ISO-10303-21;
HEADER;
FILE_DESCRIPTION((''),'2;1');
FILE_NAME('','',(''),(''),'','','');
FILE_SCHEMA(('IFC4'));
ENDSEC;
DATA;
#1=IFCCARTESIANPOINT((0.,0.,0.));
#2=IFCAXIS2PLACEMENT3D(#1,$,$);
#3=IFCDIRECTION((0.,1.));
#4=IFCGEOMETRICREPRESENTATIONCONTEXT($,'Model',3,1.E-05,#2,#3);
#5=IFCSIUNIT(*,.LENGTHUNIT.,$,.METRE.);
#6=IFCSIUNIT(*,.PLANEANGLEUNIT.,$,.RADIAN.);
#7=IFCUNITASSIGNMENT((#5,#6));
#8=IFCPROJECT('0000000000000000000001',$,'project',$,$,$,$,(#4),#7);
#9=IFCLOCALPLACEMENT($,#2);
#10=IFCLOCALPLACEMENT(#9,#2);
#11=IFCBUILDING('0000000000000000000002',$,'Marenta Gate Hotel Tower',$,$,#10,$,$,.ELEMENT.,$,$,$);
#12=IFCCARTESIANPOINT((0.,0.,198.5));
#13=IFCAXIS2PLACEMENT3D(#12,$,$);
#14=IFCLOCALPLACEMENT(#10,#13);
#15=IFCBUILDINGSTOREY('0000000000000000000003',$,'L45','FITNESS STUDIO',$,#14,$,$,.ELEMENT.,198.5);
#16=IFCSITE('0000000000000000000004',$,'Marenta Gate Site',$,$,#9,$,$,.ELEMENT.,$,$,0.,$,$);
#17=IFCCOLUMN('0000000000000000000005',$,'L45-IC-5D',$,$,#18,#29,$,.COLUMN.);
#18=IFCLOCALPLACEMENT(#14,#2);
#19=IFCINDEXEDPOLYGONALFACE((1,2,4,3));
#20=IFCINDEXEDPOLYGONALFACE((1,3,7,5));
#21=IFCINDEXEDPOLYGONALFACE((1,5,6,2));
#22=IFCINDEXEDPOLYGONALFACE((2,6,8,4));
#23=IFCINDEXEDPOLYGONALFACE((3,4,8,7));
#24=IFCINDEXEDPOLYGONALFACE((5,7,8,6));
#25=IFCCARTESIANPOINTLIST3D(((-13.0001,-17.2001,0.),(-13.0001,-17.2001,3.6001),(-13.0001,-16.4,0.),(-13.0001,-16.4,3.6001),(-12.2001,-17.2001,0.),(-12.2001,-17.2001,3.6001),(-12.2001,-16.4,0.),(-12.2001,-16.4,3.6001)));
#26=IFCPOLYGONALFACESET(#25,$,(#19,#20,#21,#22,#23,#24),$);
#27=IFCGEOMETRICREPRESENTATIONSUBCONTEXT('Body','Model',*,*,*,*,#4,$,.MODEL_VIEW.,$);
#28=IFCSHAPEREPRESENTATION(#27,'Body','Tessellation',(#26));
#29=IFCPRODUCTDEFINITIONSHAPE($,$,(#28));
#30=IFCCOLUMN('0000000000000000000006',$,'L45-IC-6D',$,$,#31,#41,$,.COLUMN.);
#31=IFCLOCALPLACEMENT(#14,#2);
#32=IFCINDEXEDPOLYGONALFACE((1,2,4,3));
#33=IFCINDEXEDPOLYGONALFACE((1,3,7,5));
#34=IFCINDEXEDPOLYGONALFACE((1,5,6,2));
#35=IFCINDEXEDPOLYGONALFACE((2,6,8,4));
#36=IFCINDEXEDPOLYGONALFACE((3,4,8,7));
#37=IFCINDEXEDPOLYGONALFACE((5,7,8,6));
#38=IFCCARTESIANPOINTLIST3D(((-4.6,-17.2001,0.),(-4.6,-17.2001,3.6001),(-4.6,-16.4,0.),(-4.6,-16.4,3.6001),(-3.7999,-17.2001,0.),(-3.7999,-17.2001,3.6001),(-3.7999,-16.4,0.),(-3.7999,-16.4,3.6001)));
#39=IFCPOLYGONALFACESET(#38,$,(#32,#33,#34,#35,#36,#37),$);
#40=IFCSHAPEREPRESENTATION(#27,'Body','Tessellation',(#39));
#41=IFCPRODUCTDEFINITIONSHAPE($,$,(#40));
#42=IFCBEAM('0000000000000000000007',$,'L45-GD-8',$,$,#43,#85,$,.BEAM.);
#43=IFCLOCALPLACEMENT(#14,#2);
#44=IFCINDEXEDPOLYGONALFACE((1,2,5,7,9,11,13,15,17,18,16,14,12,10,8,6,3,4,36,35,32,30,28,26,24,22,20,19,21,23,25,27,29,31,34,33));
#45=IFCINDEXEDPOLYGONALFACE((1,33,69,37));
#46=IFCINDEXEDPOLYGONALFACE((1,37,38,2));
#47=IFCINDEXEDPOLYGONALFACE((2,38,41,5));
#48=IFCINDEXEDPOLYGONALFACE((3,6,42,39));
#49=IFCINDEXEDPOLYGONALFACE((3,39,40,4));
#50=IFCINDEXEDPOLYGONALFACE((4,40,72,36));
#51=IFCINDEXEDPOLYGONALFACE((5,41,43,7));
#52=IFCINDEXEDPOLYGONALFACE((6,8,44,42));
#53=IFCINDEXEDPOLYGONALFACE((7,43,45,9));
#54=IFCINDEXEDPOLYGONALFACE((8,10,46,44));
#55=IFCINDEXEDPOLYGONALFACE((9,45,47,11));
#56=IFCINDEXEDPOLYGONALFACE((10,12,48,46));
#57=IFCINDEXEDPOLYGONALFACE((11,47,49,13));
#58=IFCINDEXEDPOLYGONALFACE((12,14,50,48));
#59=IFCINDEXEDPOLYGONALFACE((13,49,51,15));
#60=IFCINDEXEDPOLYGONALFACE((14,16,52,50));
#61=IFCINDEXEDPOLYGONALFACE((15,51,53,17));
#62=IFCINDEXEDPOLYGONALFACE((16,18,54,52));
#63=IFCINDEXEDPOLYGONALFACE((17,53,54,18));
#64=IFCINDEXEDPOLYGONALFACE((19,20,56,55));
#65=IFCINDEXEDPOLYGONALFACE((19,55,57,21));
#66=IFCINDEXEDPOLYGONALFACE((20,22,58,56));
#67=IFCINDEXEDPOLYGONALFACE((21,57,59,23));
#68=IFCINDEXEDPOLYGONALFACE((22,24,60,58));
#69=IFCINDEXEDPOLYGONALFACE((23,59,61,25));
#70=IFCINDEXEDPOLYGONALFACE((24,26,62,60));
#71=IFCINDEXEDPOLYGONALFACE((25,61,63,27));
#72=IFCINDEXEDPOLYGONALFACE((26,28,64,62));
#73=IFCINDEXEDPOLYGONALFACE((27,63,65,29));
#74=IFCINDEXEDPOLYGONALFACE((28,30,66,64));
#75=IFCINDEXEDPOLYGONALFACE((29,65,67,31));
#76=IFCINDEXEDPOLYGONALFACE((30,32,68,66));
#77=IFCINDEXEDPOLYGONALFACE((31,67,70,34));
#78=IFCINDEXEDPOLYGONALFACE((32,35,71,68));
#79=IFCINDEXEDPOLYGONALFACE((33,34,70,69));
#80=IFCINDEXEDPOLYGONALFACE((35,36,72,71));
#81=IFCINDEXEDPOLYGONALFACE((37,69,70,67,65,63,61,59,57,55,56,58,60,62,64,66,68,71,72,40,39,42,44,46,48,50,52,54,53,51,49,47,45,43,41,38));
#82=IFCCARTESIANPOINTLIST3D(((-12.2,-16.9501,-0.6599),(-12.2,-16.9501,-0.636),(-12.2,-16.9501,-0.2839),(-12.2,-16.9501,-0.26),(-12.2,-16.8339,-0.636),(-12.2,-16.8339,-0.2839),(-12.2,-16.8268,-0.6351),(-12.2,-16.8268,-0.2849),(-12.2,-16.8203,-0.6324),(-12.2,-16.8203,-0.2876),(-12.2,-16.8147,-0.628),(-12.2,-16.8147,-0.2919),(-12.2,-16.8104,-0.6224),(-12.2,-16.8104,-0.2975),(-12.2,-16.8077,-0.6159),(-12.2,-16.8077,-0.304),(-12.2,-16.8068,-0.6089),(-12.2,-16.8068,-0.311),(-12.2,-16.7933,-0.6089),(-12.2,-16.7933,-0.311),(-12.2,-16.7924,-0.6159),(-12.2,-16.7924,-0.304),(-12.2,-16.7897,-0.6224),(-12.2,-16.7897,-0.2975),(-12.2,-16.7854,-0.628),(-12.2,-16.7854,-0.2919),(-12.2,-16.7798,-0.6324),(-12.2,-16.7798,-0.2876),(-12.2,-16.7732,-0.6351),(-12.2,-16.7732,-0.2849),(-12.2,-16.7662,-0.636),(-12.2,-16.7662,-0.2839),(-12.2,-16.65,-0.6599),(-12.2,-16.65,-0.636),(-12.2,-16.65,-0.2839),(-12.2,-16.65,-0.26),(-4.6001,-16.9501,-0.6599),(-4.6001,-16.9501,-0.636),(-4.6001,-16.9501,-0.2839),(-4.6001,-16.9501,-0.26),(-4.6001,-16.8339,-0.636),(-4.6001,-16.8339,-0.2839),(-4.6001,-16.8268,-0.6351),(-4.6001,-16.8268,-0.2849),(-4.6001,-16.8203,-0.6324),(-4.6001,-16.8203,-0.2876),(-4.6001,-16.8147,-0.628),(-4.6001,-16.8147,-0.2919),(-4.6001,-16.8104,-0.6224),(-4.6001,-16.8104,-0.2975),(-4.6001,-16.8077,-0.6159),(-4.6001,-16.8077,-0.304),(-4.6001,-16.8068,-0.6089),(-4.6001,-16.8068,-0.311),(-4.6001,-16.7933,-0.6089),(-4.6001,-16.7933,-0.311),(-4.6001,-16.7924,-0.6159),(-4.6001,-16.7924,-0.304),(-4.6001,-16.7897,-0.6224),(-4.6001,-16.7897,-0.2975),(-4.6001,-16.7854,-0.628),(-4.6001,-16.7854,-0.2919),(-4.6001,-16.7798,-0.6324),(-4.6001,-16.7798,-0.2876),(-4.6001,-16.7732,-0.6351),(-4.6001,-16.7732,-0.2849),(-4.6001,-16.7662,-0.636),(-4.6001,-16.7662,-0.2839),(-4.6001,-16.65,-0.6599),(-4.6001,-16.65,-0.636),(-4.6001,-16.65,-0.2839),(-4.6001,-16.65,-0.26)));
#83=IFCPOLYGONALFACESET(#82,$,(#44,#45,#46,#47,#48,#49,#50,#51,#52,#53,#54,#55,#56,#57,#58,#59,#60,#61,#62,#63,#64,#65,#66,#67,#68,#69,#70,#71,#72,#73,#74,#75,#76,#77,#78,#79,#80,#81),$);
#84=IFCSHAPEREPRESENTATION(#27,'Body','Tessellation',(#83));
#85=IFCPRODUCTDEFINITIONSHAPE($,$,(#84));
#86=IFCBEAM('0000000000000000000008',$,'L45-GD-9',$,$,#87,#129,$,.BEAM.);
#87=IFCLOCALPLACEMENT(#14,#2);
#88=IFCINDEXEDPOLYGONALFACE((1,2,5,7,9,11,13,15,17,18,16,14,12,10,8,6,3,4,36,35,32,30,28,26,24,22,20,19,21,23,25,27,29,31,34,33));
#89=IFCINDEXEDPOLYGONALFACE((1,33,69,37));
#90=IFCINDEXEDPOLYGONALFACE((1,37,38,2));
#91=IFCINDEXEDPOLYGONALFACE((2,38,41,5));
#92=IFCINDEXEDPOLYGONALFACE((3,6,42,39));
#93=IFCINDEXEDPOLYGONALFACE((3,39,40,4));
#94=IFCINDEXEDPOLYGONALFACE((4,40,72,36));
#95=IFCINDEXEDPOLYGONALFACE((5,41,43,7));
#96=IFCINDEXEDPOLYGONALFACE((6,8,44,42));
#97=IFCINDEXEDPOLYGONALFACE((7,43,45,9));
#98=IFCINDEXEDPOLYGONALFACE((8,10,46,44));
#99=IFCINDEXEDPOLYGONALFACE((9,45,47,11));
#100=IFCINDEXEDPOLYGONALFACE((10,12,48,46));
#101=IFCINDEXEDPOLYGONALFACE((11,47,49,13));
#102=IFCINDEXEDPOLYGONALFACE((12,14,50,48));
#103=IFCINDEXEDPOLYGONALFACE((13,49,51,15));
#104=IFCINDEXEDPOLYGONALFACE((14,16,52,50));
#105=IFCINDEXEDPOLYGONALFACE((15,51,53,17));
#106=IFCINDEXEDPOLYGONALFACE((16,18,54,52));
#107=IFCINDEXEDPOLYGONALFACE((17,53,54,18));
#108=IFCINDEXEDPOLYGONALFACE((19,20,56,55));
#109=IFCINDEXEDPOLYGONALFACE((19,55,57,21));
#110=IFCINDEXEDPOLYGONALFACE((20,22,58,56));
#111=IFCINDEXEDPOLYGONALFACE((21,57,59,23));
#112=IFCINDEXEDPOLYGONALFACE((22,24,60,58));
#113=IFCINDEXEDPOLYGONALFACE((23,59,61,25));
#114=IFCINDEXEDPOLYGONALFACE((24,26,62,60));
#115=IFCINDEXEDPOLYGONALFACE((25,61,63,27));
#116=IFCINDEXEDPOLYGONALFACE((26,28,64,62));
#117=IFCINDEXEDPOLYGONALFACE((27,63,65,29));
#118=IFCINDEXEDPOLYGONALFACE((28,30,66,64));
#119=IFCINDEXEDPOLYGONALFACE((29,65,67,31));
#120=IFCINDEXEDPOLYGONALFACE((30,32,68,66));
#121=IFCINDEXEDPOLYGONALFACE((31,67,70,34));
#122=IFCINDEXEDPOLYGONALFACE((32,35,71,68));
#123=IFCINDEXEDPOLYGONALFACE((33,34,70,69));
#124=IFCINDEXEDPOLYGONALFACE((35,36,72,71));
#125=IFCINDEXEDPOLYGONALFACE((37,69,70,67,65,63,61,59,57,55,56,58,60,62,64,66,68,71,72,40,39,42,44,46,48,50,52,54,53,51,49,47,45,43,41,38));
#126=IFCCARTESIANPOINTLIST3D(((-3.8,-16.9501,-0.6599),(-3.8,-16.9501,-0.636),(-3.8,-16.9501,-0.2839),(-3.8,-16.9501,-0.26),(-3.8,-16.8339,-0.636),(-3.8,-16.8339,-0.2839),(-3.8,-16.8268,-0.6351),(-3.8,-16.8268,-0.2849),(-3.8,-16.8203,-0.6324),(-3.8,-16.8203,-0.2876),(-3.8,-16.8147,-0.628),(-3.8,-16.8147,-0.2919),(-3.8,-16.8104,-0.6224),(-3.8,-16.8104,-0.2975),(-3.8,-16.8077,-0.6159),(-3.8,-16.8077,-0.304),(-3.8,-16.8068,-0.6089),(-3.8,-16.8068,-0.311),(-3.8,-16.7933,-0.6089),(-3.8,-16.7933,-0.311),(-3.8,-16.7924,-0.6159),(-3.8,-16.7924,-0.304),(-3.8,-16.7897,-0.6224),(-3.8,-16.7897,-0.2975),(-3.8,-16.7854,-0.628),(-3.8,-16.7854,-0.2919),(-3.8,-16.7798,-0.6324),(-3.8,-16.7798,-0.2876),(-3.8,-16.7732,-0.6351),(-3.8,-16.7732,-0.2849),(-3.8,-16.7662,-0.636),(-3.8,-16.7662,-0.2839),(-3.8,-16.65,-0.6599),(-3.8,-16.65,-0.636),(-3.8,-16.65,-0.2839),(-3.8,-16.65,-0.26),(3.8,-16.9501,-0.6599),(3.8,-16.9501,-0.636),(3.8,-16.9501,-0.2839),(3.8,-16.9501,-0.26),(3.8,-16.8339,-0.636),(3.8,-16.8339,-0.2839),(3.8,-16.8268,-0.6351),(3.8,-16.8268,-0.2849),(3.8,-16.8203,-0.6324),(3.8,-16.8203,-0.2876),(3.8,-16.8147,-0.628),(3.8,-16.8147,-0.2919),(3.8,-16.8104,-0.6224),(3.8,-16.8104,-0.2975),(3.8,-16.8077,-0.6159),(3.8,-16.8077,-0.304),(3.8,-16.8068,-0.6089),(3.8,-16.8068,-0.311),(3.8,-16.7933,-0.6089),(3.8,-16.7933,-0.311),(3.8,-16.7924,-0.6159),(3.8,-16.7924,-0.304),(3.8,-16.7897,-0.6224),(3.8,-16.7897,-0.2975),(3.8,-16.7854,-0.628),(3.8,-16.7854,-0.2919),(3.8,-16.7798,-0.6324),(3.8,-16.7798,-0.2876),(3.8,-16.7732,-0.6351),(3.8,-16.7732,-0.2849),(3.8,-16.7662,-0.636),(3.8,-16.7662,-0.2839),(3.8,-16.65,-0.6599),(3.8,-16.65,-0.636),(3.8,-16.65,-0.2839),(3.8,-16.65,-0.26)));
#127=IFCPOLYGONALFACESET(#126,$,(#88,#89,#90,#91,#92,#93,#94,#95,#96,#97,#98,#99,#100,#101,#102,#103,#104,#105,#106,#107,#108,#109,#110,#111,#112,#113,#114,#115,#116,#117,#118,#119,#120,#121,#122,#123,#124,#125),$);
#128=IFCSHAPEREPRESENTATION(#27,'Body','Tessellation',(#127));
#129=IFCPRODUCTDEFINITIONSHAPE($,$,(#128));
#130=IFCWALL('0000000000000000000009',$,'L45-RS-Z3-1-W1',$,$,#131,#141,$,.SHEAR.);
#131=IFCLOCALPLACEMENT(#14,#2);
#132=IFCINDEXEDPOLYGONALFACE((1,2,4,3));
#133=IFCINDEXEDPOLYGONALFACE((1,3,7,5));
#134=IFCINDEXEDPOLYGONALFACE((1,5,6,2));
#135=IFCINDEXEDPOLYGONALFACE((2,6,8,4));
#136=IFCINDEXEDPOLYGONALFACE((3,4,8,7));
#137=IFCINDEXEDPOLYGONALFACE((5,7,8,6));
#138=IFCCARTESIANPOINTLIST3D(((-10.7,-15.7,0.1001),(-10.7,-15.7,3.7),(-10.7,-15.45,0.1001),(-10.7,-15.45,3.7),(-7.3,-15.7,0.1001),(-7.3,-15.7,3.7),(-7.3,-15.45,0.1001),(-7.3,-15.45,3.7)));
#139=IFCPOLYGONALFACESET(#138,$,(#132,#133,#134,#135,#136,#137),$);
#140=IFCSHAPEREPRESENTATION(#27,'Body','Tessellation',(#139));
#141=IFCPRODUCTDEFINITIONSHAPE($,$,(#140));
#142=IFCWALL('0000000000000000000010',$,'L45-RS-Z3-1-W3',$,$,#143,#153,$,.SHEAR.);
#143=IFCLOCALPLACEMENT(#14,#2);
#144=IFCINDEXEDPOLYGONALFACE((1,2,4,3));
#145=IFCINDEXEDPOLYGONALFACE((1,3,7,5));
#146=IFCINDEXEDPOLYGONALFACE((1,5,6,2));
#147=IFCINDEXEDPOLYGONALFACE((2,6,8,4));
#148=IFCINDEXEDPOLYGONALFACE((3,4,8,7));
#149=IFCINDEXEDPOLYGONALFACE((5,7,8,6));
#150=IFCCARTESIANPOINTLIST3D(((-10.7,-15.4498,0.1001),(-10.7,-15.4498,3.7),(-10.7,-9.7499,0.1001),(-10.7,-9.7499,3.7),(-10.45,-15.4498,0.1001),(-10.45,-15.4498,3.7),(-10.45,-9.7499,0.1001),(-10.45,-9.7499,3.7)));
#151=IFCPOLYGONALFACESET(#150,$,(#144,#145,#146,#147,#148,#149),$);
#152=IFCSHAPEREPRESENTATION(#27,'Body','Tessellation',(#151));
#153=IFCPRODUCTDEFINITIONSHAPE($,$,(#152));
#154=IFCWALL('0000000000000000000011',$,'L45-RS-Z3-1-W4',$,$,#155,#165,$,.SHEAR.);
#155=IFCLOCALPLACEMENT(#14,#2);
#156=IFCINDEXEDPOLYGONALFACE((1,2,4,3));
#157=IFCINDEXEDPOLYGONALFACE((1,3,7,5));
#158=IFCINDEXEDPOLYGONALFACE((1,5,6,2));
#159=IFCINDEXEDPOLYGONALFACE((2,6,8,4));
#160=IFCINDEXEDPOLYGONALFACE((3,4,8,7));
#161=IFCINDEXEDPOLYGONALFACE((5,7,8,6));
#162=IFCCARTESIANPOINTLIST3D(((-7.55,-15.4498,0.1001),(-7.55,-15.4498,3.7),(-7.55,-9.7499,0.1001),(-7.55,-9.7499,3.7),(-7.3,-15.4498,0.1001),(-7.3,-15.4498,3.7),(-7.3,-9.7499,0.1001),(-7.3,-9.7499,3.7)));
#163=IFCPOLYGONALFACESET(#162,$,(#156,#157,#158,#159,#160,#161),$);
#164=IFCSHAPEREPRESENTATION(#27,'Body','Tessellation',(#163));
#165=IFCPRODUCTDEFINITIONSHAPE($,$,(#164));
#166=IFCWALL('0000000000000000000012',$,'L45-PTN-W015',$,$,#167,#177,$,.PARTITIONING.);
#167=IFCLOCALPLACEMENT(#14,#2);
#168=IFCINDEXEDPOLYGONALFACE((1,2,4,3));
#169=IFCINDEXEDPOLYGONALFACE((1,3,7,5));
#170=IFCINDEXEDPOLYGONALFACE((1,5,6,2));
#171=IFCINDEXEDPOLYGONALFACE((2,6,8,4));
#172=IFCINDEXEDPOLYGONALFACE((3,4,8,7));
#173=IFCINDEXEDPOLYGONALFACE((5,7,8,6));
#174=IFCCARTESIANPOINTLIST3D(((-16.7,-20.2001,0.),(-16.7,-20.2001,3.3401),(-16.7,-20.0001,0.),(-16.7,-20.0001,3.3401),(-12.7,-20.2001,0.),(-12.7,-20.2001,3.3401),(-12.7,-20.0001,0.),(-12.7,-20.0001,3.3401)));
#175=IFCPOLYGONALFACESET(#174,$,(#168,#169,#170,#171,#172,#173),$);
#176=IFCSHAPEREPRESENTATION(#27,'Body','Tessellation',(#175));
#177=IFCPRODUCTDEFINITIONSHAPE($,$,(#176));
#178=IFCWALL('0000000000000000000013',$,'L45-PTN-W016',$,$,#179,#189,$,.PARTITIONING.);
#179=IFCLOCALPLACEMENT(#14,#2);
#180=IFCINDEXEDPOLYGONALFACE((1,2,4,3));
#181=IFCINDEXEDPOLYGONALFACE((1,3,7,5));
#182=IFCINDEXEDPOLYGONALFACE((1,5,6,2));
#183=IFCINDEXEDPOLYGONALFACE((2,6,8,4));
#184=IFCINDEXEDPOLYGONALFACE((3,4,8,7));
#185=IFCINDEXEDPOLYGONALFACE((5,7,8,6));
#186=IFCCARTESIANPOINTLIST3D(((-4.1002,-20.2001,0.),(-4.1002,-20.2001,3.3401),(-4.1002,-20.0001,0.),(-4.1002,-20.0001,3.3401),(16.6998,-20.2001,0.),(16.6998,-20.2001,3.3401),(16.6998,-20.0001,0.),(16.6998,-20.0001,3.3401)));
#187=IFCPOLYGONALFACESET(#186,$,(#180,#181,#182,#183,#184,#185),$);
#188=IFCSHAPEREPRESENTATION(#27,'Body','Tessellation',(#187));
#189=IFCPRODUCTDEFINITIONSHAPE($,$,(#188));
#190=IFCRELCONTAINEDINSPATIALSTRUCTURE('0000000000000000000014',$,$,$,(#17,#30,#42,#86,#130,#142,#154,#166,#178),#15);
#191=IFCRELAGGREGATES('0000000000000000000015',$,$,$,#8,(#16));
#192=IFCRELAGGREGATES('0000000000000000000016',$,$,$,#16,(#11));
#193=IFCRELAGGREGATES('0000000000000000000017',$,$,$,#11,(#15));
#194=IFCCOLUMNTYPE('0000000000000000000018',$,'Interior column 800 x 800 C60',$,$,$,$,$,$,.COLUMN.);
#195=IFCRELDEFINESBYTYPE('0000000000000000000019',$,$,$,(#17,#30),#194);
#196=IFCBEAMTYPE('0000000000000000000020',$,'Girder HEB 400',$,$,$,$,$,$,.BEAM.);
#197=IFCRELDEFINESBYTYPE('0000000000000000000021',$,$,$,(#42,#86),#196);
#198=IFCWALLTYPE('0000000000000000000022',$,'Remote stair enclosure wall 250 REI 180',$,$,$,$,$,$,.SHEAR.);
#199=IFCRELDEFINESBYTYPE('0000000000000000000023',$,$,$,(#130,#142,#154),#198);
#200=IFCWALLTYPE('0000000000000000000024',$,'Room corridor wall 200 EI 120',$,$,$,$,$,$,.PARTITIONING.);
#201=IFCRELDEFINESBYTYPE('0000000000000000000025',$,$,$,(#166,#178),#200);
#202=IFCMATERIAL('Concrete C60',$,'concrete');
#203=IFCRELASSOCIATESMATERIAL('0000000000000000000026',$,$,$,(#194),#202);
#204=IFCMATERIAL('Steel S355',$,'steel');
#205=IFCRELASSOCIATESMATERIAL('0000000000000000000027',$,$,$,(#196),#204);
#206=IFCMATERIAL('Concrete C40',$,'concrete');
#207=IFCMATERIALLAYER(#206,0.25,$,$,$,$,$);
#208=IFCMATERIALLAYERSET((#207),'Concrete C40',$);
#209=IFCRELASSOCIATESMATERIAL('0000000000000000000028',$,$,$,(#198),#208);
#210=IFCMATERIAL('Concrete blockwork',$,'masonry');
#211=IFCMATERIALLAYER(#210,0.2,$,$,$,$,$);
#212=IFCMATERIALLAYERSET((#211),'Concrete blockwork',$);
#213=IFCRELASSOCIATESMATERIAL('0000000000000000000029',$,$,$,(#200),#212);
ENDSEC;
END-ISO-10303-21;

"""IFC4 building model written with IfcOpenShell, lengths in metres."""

from ifc_helpers import new_model, si_unit, direction, frame, frame_2d, origin, origin_2d, place, context, subcontext, project, spatial, rectangle, i_section, extrude, material, layer, layer_set, material_profile, profile_set, type_object, element, save


model = new_model("IFC4")

# Units and contexts
model_context = context("Model", 3, precision=1e-05, world=origin(), true_north=direction((0.0, 1.0)))
body_context = subcontext(model_context, "Body", "Model", "MODEL_VIEW")
ifc_project = project(units=[si_unit("LENGTHUNIT", "METRE"), si_unit("PLANEANGLEUNIT", "RADIAN")], contexts=[model_context])

# Site, building, storey
site_placement = place(None, origin())
site = spatial("IfcSite", under=ifc_project, at=site_placement, Name="Marenta Gate Site", CompositionType="ELEMENT", RefElevation=0.0)
building_placement = place(site_placement, origin())
building = spatial("IfcBuilding", under=site, at=building_placement, Name="Marenta Gate Hotel Tower", CompositionType="ELEMENT")
storey_placement = place(building_placement, frame((0.0, 0.0, 198.5)))
storey = spatial("IfcBuildingStorey", under=building, at=storey_placement, Name="L45", Description="FITNESS STUDIO", CompositionType="ELEMENT", Elevation=198.5)

# Columns
ifc_material_1 = material(Name="Concrete C60", Category="concrete")
ifc_material_profile_1 = material_profile(ifc_material_1, rectangle(XDim=0.8, YDim=0.8, at=origin_2d()), Name="800 x 800")
ifc_profile_set_1 = profile_set([ifc_material_profile_1], Name="Concrete C60")
column_type = type_object("IfcColumnType", Name="Interior column 800 x 800 C60", PredefinedType="COLUMN", material=ifc_profile_set_1)
for number, where, z_axis, x_axis, name in (
    (1, (-12.6001, -16.8, 0.0), (0.0, 0.0, 1.0), (1.0, 0.0, 0.0), "L45-IC-5D"),
    (2, (-4.2, -16.8, 0.0), (0.0, 0.0, 1.0), (1.0, 0.0, 0.0), "L45-IC-6D"),
):
    element("IfcColumn", number, at=place(storey_placement, frame(where, z_axis=z_axis, x_axis=x_axis)), inside=storey, type_object=column_type, Name=name, PredefinedType="COLUMN", context=body_context, shape_type="SweptSolid", body=[
        extrude(rectangle(XDim=0.8, YDim=0.8, at=origin_2d()), origin(), (0.0, 0.0, 1.0), 3.6001),
    ])

# Beams
ifc_material_2 = material(Name="Steel S355", Category="steel")
ifc_material_profile_2 = material_profile(ifc_material_2, i_section(OverallWidth=0.3, OverallDepth=0.3999, WebThickness=0.0134, FlangeThickness=0.0239, FilletRadius=0.0271, at=origin_2d()), Name="HEB 400")
ifc_profile_set_2 = profile_set([ifc_material_profile_2], Name="Steel S355")
beam_type = type_object("IfcBeamType", Name="Girder HEB 400", PredefinedType="BEAM", material=ifc_profile_set_2)
beam_1_placement = place(storey_placement, frame((-12.2, -16.8, -0.46), z_axis=(1.0, 0.0, 0.0), x_axis=(0.0, 1.0, 0.0)))
element("IfcBeam", 3, at=beam_1_placement, inside=storey, type_object=beam_type, Name="L45-GD-8", PredefinedType="BEAM", context=body_context, shape_type="SweptSolid", body=[
    extrude(i_section(OverallWidth=0.3, OverallDepth=0.3999, WebThickness=0.0134, FlangeThickness=0.0239, FilletRadius=0.0271, at=origin_2d()), origin(), (0.0, 0.0, 1.0), 7.5999),
])
beam_2_placement = place(storey_placement, frame((-3.8, -16.8, -0.46), z_axis=(1.0, 0.0, 0.0), x_axis=(0.0, 1.0, 0.0)))
element("IfcBeam", 4, at=beam_2_placement, inside=storey, type_object=beam_type, Name="L45-GD-9", PredefinedType="BEAM", context=body_context, shape_type="SweptSolid", body=[
    extrude(i_section(OverallWidth=0.3, OverallDepth=0.3999, WebThickness=0.0134, FlangeThickness=0.0239, FilletRadius=0.0271, at=origin_2d()), origin(), (0.0, 0.0, 1.0), 7.6001),
])

# Walls
ifc_material_3 = material(Name="Concrete C40", Category="concrete")
ifc_layer_1 = layer(ifc_material_3, 0.25)
ifc_layer_set_1 = layer_set([ifc_layer_1], Name="Concrete C40")
wall_type_1 = type_object("IfcWallType", Name="Remote stair enclosure wall 250 REI 180", PredefinedType="SHEAR", material=ifc_layer_set_1)
wall_1_placement = place(storey_placement, frame((-10.7, -15.575, 0.1001), z_axis=(0.0, 0.0, 1.0), x_axis=(1.0, 0.0, 0.0)))
element("IfcWall", 5, at=wall_1_placement, inside=storey, type_object=wall_type_1, Name="L45-RS-Z3-1-W1", PredefinedType="SHEAR", context=body_context, shape_type="SweptSolid", body=[
    extrude(rectangle(XDim=3.3999, YDim=0.25, at=frame_2d((1.7, 0.0))), origin(), (0.0, 0.0, 1.0), 3.5999),
])
for number, where, z_axis, x_axis, name in (
    (6, (-10.575, -15.45, 0.1001), (0.0, 0.0, 1.0), (0.0, 1.0, 0.0), "L45-RS-Z3-1-W3"),
    (7, (-7.425, -15.45, 0.1001), (0.0, 0.0, 1.0), (0.0, 1.0, 0.0), "L45-RS-Z3-1-W4"),
):
    element("IfcWall", number, at=place(storey_placement, frame(where, z_axis=z_axis, x_axis=x_axis)), inside=storey, type_object=wall_type_1, Name=name, PredefinedType="SHEAR", context=body_context, shape_type="SweptSolid", body=[
        extrude(rectangle(XDim=5.7, YDim=0.25, at=frame_2d((2.8501, 0.0))), origin(), (0.0, 0.0, 1.0), 3.5999),
    ])
ifc_material_4 = material(Name="Concrete blockwork", Category="masonry")
ifc_layer_2 = layer(ifc_material_4, 0.2)
ifc_layer_set_2 = layer_set([ifc_layer_2], Name="Concrete blockwork")
wall_type_2 = type_object("IfcWallType", Name="Room corridor wall 200 EI 120", PredefinedType="PARTITIONING", material=ifc_layer_set_2)
wall_2_placement = place(storey_placement, frame((-16.7, -20.1001, 0.0), z_axis=(0.0, 0.0, 1.0), x_axis=(1.0, 0.0, 0.0)))
element("IfcWall", 8, at=wall_2_placement, inside=storey, type_object=wall_type_2, Name="L45-PTN-W015", PredefinedType="PARTITIONING", context=body_context, shape_type="SweptSolid", body=[
    extrude(rectangle(XDim=4.0, YDim=0.2, at=frame_2d((2.0, 0.0))), origin(), (0.0, 0.0, 1.0), 3.3401),
])
wall_3_placement = place(storey_placement, frame((-4.1001, -20.1001, 0.0), z_axis=(0.0, 0.0, 1.0), x_axis=(1.0, 0.0, 0.0)))
element("IfcWall", 9, at=wall_3_placement, inside=storey, type_object=wall_type_2, Name="L45-PTN-W016", PredefinedType="PARTITIONING", context=body_context, shape_type="SweptSolid", body=[
    extrude(rectangle(XDim=20.8, YDim=0.2, at=frame_2d((10.3999, 0.0))), origin(), (0.0, 0.0, 1.0), 3.3401),
])

save(model, "model.ifc")
